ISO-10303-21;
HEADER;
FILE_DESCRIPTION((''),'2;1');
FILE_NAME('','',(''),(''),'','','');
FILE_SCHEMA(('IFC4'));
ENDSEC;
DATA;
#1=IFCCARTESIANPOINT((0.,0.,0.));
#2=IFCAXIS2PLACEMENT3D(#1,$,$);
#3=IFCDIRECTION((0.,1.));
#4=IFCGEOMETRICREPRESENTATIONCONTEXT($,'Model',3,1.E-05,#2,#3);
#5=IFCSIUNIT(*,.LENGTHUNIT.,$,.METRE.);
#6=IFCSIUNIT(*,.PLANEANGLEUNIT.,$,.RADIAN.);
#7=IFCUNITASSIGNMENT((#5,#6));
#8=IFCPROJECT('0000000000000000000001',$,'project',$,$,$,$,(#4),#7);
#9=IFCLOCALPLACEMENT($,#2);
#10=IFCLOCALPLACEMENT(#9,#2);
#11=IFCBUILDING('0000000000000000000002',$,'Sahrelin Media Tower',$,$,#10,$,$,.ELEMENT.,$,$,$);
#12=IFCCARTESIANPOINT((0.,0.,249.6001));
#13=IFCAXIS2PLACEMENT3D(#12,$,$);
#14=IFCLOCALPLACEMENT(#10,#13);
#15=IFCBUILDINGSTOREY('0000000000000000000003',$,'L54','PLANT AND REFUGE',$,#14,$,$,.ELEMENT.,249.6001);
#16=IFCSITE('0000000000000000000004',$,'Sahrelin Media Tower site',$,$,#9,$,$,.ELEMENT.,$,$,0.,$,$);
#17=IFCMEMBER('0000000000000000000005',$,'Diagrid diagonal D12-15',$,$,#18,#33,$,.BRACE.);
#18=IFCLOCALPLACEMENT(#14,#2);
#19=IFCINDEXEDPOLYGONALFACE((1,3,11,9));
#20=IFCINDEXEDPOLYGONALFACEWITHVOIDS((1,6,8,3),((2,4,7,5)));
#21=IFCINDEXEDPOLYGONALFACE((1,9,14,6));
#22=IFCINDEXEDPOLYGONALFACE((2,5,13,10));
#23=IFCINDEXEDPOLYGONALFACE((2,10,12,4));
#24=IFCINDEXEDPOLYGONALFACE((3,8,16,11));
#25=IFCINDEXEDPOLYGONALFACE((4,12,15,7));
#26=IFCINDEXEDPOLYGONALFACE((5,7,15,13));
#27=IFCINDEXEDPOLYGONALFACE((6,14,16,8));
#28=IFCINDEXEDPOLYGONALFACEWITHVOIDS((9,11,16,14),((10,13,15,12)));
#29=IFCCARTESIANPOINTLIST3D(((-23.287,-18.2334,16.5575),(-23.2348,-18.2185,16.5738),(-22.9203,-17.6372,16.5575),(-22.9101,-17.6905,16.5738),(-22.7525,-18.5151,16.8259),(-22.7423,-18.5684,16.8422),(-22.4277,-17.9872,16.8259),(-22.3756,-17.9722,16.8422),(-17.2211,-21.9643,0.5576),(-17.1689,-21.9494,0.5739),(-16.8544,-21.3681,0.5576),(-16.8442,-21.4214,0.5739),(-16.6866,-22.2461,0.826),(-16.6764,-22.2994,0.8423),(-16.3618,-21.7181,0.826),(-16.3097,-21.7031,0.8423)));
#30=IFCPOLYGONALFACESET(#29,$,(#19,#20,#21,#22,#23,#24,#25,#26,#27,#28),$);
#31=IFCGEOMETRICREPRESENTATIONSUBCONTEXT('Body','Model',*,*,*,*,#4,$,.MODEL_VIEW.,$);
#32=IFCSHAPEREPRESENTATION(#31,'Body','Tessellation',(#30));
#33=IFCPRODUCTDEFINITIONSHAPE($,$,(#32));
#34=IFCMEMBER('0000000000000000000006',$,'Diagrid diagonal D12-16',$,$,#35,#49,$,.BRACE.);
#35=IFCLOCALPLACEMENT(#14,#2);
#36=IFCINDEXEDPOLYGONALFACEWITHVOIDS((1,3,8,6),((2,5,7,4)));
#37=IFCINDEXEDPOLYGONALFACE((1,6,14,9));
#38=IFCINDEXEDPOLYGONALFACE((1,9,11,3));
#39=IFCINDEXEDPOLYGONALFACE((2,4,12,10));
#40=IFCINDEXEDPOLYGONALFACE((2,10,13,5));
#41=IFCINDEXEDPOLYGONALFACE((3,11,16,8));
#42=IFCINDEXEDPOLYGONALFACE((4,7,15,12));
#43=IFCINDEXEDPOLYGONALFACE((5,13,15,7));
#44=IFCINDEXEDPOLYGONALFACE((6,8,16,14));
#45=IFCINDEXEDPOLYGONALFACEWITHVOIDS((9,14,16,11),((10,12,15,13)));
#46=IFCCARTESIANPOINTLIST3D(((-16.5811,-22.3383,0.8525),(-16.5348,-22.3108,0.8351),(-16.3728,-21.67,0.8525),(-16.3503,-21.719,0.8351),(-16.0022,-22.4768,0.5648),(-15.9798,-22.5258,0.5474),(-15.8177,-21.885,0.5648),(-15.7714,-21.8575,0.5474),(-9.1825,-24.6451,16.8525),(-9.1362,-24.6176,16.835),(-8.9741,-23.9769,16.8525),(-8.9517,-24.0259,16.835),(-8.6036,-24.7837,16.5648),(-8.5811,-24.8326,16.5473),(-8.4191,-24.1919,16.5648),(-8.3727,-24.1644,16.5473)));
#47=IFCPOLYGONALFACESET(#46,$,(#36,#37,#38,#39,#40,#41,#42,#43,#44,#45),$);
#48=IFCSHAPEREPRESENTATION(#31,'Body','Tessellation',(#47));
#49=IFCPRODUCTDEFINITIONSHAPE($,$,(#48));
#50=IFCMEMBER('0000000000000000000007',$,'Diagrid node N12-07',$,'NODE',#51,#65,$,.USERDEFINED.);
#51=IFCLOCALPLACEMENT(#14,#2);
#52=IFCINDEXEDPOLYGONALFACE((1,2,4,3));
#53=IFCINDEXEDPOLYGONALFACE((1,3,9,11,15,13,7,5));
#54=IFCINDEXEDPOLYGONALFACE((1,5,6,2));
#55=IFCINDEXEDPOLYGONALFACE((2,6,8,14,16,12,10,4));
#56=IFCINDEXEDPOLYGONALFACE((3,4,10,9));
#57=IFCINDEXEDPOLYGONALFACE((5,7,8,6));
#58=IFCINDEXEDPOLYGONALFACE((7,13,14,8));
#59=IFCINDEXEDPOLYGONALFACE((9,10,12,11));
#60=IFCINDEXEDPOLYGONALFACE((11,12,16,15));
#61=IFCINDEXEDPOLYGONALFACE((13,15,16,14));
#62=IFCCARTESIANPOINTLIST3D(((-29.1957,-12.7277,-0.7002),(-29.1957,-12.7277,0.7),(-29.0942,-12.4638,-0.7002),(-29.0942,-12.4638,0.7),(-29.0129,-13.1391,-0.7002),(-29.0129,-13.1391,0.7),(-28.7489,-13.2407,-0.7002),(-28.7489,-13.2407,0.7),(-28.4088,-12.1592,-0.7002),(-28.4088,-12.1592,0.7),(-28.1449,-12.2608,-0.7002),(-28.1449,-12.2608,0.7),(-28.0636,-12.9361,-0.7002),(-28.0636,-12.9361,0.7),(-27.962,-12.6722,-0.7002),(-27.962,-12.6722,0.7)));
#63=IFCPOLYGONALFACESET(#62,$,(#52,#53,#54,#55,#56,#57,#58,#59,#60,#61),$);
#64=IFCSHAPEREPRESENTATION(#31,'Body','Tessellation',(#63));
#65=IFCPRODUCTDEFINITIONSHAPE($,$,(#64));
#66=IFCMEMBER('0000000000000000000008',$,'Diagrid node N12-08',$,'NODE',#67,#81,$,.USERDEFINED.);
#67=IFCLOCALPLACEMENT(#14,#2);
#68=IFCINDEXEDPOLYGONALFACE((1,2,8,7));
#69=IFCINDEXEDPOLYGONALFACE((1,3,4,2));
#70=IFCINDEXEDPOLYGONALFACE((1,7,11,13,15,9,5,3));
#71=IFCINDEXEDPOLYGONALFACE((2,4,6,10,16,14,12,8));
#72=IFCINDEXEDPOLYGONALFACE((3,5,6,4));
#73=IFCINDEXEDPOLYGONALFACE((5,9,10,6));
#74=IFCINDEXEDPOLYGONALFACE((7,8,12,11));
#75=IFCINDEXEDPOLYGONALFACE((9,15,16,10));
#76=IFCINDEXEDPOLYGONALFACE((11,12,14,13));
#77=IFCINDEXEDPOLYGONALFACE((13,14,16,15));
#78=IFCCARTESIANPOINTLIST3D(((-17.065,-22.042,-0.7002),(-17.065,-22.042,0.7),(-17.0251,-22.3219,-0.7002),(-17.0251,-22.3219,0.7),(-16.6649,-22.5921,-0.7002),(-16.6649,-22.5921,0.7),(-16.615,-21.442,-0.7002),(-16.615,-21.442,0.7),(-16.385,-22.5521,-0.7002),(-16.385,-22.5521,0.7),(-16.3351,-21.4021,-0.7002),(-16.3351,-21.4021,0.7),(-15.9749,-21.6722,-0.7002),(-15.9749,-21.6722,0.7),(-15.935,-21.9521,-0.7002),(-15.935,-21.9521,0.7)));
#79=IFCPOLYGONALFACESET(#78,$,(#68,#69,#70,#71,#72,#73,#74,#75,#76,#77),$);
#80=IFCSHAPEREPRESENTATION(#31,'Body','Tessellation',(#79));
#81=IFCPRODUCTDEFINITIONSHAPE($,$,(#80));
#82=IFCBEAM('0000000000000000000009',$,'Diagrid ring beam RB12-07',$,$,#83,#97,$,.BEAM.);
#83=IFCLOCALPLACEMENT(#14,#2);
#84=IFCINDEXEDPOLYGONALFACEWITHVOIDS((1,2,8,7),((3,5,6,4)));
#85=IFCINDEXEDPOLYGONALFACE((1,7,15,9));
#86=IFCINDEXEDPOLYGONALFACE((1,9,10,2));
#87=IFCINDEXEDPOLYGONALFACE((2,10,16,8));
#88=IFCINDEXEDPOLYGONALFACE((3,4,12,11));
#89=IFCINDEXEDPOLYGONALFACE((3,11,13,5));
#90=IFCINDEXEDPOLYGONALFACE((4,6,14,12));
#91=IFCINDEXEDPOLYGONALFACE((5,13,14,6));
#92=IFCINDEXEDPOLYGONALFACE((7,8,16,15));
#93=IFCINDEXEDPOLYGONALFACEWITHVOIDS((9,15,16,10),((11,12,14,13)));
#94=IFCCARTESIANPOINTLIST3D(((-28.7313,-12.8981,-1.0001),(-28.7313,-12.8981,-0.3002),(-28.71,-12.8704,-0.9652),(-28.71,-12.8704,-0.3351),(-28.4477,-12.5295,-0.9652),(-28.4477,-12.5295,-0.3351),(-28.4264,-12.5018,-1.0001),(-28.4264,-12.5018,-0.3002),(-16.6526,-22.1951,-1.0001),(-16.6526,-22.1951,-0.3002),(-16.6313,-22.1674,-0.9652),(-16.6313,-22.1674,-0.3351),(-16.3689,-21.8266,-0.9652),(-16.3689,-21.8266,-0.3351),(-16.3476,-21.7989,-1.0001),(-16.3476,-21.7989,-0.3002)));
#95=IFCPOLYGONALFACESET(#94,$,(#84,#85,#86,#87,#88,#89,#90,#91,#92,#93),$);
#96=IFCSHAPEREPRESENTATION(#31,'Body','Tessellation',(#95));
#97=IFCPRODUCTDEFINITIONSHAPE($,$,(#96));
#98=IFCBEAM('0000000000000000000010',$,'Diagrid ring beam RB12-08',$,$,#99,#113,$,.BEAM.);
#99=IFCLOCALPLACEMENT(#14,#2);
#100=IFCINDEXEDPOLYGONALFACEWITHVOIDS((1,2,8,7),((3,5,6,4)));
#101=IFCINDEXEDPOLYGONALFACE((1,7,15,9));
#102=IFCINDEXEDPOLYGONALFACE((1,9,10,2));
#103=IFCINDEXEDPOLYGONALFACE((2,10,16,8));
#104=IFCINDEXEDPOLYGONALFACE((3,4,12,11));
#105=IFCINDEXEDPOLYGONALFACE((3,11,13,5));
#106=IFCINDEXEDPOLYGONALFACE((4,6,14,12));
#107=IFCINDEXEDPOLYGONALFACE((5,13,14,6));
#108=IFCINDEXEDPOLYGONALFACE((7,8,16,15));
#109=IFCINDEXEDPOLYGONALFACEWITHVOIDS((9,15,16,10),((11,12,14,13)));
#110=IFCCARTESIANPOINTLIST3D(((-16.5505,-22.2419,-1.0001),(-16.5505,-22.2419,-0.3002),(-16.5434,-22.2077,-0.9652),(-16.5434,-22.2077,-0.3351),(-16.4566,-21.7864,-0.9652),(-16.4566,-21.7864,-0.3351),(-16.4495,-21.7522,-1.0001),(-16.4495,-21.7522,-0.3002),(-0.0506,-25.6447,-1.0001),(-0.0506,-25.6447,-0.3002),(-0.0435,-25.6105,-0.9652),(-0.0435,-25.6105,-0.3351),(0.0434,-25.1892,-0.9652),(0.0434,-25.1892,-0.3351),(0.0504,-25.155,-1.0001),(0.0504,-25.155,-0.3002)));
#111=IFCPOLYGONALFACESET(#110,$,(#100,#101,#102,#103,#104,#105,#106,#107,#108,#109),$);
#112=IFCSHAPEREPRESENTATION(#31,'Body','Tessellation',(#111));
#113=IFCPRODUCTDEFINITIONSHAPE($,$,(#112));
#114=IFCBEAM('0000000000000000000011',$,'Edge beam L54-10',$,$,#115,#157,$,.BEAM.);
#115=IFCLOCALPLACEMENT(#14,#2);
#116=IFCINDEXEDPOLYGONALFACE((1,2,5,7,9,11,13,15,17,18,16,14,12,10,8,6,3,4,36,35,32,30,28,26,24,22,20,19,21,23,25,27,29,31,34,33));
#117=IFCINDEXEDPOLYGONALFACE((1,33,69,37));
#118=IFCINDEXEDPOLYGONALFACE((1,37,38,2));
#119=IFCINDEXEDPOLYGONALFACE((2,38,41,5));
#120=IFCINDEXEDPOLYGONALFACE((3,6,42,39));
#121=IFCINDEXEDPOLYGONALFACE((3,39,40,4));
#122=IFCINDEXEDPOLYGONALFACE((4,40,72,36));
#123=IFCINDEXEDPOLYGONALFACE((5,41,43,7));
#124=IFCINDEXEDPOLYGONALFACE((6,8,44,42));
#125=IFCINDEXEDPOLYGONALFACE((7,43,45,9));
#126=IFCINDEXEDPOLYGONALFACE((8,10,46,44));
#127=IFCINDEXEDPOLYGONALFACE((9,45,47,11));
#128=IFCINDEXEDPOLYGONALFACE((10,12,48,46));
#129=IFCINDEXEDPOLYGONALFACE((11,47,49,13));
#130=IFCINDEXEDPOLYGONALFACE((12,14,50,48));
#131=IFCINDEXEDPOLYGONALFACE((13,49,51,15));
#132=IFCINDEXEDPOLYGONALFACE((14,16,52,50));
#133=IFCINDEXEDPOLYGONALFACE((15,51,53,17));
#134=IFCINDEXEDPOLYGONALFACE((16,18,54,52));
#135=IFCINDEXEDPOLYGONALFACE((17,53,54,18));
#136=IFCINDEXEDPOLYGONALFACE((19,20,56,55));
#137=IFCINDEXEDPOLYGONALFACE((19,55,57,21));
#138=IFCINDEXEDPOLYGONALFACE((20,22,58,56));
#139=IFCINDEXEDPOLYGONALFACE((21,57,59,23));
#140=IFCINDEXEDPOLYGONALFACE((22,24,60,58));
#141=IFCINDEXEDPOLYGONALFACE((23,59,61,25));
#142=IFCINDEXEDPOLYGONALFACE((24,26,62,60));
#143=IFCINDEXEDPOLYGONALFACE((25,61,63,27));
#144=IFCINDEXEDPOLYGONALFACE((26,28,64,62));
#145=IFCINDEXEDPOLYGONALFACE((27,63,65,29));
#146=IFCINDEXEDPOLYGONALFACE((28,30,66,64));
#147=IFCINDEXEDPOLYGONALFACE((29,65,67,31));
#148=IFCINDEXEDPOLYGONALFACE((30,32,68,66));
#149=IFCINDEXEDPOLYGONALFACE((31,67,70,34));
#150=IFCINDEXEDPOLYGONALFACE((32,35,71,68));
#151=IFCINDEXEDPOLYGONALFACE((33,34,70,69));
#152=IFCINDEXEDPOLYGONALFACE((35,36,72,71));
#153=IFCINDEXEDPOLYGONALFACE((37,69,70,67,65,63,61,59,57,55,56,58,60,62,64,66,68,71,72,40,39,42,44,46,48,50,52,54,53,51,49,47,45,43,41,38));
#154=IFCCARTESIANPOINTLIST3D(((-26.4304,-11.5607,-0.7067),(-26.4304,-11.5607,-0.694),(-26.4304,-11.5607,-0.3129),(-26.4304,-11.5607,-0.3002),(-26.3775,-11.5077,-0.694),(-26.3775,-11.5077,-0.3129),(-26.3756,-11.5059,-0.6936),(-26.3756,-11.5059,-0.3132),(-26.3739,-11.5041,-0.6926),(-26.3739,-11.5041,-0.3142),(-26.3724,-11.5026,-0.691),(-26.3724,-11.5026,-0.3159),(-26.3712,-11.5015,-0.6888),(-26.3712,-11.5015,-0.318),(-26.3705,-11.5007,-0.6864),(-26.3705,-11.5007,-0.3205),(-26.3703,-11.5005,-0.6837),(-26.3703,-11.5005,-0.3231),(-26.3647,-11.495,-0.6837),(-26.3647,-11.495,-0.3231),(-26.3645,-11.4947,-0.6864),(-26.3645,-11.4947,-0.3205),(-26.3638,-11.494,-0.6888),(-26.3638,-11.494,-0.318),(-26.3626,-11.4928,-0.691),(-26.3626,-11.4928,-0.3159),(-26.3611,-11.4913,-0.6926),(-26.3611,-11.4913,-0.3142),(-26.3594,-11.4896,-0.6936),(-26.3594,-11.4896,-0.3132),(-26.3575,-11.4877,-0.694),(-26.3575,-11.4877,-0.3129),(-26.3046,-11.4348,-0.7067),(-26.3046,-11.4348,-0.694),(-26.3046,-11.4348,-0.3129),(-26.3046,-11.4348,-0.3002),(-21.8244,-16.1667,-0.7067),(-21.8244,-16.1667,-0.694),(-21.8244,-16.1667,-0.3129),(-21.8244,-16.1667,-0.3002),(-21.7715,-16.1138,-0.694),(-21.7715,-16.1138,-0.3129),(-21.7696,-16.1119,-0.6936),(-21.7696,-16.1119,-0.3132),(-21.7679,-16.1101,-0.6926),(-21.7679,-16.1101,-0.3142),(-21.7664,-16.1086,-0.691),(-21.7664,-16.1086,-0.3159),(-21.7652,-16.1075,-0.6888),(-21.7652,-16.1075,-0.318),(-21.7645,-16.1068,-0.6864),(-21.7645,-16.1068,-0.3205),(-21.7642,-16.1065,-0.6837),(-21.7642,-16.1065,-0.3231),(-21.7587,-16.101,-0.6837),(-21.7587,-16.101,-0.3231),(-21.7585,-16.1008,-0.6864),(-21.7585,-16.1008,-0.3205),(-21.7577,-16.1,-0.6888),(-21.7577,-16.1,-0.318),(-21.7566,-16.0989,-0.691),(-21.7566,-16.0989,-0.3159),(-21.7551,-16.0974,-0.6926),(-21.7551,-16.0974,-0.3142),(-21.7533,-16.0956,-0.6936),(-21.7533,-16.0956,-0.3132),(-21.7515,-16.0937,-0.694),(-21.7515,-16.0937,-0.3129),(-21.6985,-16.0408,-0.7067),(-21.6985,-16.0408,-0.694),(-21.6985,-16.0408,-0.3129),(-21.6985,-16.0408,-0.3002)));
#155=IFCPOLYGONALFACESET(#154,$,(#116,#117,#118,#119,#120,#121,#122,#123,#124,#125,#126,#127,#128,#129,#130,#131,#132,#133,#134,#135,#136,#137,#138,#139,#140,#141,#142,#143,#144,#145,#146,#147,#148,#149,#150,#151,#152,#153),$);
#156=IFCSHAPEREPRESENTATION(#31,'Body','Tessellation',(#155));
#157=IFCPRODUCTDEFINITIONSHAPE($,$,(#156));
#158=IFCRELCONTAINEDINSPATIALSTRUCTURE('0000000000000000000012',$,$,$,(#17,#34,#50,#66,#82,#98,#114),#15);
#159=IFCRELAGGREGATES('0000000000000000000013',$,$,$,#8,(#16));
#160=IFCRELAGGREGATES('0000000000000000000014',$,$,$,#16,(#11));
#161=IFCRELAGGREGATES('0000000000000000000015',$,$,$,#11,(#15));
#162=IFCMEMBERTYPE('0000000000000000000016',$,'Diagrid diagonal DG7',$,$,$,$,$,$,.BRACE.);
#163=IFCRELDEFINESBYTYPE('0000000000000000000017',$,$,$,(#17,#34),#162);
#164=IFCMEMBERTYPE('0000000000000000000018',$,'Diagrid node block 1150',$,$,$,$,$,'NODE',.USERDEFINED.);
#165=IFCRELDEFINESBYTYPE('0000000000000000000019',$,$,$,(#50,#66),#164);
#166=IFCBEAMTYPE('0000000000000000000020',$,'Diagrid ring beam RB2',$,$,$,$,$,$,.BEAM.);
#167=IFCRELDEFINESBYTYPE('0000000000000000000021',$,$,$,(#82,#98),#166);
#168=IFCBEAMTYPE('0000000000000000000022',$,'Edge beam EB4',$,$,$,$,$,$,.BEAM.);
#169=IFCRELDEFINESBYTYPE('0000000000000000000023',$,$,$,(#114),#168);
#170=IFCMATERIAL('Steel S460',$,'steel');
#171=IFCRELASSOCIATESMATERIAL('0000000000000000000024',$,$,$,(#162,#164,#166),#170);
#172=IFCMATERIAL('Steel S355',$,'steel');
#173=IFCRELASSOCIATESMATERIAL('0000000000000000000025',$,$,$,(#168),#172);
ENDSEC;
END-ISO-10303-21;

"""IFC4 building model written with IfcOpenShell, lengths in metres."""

from ifc_helpers import new_model, si_unit, direction, frame, origin, origin_2d, place, context, subcontext, project, spatial, polyline, hollow_rectangle, i_section, outline, extrude, material, material_profile, profile_set, type_object, element, save


model = new_model("IFC4")

# Units and contexts
model_context = context("Model", 3, precision=1e-05, world=origin(), true_north=direction((0.0, 1.0)))
body_context = subcontext(model_context, "Body", "Model", "MODEL_VIEW")
ifc_project = project(units=[si_unit("LENGTHUNIT", "METRE"), si_unit("PLANEANGLEUNIT", "RADIAN")], contexts=[model_context])

# Site, building, storey
site_placement = place(None, origin())
site = spatial("IfcSite", under=ifc_project, at=site_placement, Name="Sahrelin Media Tower site", CompositionType="ELEMENT", RefElevation=0.0)
building_placement = place(site_placement, origin())
building = spatial("IfcBuilding", under=site, at=building_placement, Name="Sahrelin Media Tower", CompositionType="ELEMENT")
storey_placement = place(building_placement, frame((0.0, 0.0, 249.6001)))
storey = spatial("IfcBuildingStorey", under=building, at=storey_placement, Name="L54", Description="PLANT AND REFUGE", CompositionType="ELEMENT", Elevation=249.6001)

# Members
ifc_material_1 = material(Name="Steel S460", Category="steel")
ifc_material_profile_1 = material_profile(ifc_material_1, hollow_rectangle(XDim=0.7, YDim=0.7, WallThickness=0.04, at=origin_2d()), Name="Diagrid diagonal DG7")
ifc_profile_set_1 = profile_set([ifc_material_profile_1], Name="Steel S460")
member_type_1 = type_object("IfcMemberType", Name="Diagrid diagonal DG7", PredefinedType="BRACE", material=ifc_profile_set_1)
member_1_placement = place(storey_placement, frame((-16.7654, -21.8337, 0.7), z_axis=(-0.346361, 0.213036, 0.913592), x_axis=(-0.523902, -0.851778, 0.0)))
element("IfcMember", 1, at=member_1_placement, inside=storey, type_object=member_type_1, Name="Diagrid diagonal D12-15", PredefinedType="BRACE", context=body_context, shape_type="SweptSolid", body=[
    extrude(hollow_rectangle(XDim=0.7, YDim=0.7, WallThickness=0.04, at=origin_2d()), origin(), (0.0, 0.0, 1.0), 17.5132),
])
member_2_placement = place(storey_placement, frame((-16.1763, -22.0979, 0.7), z_axis=(0.416167, -0.12976, 0.899982), x_axis=(0.297663, 0.954671, 0.0)))
element("IfcMember", 2, at=member_2_placement, inside=storey, type_object=member_type_1, Name="Diagrid diagonal D12-16", PredefinedType="BRACE", context=body_context, shape_type="SweptSolid", body=[
    extrude(hollow_rectangle(XDim=0.7, YDim=0.7, WallThickness=0.04, at=origin_2d()), origin(), (0.0, 0.0, 1.0), 17.7781),
])
ifc_material_profile_2 = material_profile(ifc_material_1, outline(polyline([(0.375, -0.425), (0.575, -0.2251), (0.575, 0.2251), (0.375, 0.425), (-0.375, 0.425), (-0.575, 0.2251), (-0.575, -0.2251), (-0.375, -0.425), (0.375, -0.425)])), Name="Diagrid node block 1150")
ifc_profile_set_2 = profile_set([ifc_material_profile_2], Name="Steel S460")
member_type_2 = type_object("IfcMemberType", Name="Diagrid node block 1150", ElementType="NODE", PredefinedType="USERDEFINED", material=ifc_profile_set_2)
for number, where, z_axis, x_axis, name in (
    (3, (-28.5789, -12.7, -0.7002), (0.0, 0.0, 1.0), (-0.913831, -0.406094, 0.0), "Diagrid node N12-07"),
    (4, (-16.5, -21.9971, -0.7002), (0.0, 0.0, 1.0), (-0.600052, -0.799961, 0.0), "Diagrid node N12-08"),
):
    element("IfcMember", number, at=place(storey_placement, frame(where, z_axis=z_axis, x_axis=x_axis)), inside=storey, type_object=member_type_2, Name=name, ObjectType="NODE", PredefinedType="USERDEFINED", context=body_context, shape_type="SweptSolid", body=[
        extrude(outline(polyline([(0.375, -0.425), (0.575, -0.2251), (0.575, 0.2251), (0.375, 0.425), (-0.375, 0.425), (-0.575, 0.2251), (-0.575, -0.2251), (-0.375, -0.425), (0.375, -0.425)])), origin(), (0.0, 0.0, 1.0), 1.4001),
    ])

# Beams
ifc_material_profile_3 = material_profile(ifc_material_1, hollow_rectangle(XDim=0.5, YDim=0.7, WallThickness=0.0349, at=origin_2d()), Name="Diagrid ring beam RB2")
ifc_profile_set_3 = profile_set([ifc_material_profile_3], Name="Steel S460")
beam_type_1 = type_object("IfcBeamType", Name="Diagrid ring beam RB2", PredefinedType="BEAM", material=ifc_profile_set_3)
beam_1_placement = place(storey_placement, frame((-28.5789, -12.7, -0.6501), z_axis=(0.792444, -0.609945, 0.0), x_axis=(0.609945, 0.792444, 0.0)))
element("IfcBeam", 5, at=beam_1_placement, inside=storey, type_object=beam_type_1, Name="Diagrid ring beam RB12-07", PredefinedType="BEAM", context=body_context, shape_type="SweptSolid", body=[
    extrude(hollow_rectangle(XDim=0.5, YDim=0.7, WallThickness=0.0349, at=origin_2d()), origin(), (0.0, 0.0, 1.0), 15.2424),
])
beam_2_placement = place(storey_placement, frame((-16.5, -21.9971, -0.6501), z_axis=(0.979389, -0.201982, 0.0), x_axis=(0.201982, 0.979389, 0.0)))
element("IfcBeam", 6, at=beam_2_placement, inside=storey, type_object=beam_type_1, Name="Diagrid ring beam RB12-08", PredefinedType="BEAM", context=body_context, shape_type="SweptSolid", body=[
    extrude(hollow_rectangle(XDim=0.5, YDim=0.7, WallThickness=0.0349, at=origin_2d()), origin(), (0.0, 0.0, 1.0), 16.8472),
])
ifc_material_2 = material(Name="Steel S355", Category="steel")
ifc_material_profile_4 = material_profile(ifc_material_2, i_section(OverallWidth=0.178, OverallDepth=0.4065, WebThickness=0.0078, FlangeThickness=0.0127, FilletRadius=0.0103, at=origin_2d()), Name="UB 406x178x60")
ifc_profile_set_4 = profile_set([ifc_material_profile_4], Name="Steel S355")
beam_type_2 = type_object("IfcBeamType", Name="Edge beam EB4", PredefinedType="BEAM", material=ifc_profile_set_4)
beam_3_placement = place(storey_placement, frame((-21.7615, -16.1038, -0.5034), z_axis=(-0.707107, 0.707107, 0.0), x_axis=(-0.707107, -0.707107, 0.0)))
element("IfcBeam", 7, at=beam_3_placement, inside=storey, type_object=beam_type_2, Name="Edge beam L54-10", PredefinedType="BEAM", context=body_context, shape_type="SweptSolid", body=[
    extrude(i_section(OverallWidth=0.178, OverallDepth=0.4065, WebThickness=0.0078, FlangeThickness=0.0127, FilletRadius=0.0103, at=origin_2d()), origin(), (0.0, 0.0, 1.0), 6.5139),
])

save(model, "model.ifc")
